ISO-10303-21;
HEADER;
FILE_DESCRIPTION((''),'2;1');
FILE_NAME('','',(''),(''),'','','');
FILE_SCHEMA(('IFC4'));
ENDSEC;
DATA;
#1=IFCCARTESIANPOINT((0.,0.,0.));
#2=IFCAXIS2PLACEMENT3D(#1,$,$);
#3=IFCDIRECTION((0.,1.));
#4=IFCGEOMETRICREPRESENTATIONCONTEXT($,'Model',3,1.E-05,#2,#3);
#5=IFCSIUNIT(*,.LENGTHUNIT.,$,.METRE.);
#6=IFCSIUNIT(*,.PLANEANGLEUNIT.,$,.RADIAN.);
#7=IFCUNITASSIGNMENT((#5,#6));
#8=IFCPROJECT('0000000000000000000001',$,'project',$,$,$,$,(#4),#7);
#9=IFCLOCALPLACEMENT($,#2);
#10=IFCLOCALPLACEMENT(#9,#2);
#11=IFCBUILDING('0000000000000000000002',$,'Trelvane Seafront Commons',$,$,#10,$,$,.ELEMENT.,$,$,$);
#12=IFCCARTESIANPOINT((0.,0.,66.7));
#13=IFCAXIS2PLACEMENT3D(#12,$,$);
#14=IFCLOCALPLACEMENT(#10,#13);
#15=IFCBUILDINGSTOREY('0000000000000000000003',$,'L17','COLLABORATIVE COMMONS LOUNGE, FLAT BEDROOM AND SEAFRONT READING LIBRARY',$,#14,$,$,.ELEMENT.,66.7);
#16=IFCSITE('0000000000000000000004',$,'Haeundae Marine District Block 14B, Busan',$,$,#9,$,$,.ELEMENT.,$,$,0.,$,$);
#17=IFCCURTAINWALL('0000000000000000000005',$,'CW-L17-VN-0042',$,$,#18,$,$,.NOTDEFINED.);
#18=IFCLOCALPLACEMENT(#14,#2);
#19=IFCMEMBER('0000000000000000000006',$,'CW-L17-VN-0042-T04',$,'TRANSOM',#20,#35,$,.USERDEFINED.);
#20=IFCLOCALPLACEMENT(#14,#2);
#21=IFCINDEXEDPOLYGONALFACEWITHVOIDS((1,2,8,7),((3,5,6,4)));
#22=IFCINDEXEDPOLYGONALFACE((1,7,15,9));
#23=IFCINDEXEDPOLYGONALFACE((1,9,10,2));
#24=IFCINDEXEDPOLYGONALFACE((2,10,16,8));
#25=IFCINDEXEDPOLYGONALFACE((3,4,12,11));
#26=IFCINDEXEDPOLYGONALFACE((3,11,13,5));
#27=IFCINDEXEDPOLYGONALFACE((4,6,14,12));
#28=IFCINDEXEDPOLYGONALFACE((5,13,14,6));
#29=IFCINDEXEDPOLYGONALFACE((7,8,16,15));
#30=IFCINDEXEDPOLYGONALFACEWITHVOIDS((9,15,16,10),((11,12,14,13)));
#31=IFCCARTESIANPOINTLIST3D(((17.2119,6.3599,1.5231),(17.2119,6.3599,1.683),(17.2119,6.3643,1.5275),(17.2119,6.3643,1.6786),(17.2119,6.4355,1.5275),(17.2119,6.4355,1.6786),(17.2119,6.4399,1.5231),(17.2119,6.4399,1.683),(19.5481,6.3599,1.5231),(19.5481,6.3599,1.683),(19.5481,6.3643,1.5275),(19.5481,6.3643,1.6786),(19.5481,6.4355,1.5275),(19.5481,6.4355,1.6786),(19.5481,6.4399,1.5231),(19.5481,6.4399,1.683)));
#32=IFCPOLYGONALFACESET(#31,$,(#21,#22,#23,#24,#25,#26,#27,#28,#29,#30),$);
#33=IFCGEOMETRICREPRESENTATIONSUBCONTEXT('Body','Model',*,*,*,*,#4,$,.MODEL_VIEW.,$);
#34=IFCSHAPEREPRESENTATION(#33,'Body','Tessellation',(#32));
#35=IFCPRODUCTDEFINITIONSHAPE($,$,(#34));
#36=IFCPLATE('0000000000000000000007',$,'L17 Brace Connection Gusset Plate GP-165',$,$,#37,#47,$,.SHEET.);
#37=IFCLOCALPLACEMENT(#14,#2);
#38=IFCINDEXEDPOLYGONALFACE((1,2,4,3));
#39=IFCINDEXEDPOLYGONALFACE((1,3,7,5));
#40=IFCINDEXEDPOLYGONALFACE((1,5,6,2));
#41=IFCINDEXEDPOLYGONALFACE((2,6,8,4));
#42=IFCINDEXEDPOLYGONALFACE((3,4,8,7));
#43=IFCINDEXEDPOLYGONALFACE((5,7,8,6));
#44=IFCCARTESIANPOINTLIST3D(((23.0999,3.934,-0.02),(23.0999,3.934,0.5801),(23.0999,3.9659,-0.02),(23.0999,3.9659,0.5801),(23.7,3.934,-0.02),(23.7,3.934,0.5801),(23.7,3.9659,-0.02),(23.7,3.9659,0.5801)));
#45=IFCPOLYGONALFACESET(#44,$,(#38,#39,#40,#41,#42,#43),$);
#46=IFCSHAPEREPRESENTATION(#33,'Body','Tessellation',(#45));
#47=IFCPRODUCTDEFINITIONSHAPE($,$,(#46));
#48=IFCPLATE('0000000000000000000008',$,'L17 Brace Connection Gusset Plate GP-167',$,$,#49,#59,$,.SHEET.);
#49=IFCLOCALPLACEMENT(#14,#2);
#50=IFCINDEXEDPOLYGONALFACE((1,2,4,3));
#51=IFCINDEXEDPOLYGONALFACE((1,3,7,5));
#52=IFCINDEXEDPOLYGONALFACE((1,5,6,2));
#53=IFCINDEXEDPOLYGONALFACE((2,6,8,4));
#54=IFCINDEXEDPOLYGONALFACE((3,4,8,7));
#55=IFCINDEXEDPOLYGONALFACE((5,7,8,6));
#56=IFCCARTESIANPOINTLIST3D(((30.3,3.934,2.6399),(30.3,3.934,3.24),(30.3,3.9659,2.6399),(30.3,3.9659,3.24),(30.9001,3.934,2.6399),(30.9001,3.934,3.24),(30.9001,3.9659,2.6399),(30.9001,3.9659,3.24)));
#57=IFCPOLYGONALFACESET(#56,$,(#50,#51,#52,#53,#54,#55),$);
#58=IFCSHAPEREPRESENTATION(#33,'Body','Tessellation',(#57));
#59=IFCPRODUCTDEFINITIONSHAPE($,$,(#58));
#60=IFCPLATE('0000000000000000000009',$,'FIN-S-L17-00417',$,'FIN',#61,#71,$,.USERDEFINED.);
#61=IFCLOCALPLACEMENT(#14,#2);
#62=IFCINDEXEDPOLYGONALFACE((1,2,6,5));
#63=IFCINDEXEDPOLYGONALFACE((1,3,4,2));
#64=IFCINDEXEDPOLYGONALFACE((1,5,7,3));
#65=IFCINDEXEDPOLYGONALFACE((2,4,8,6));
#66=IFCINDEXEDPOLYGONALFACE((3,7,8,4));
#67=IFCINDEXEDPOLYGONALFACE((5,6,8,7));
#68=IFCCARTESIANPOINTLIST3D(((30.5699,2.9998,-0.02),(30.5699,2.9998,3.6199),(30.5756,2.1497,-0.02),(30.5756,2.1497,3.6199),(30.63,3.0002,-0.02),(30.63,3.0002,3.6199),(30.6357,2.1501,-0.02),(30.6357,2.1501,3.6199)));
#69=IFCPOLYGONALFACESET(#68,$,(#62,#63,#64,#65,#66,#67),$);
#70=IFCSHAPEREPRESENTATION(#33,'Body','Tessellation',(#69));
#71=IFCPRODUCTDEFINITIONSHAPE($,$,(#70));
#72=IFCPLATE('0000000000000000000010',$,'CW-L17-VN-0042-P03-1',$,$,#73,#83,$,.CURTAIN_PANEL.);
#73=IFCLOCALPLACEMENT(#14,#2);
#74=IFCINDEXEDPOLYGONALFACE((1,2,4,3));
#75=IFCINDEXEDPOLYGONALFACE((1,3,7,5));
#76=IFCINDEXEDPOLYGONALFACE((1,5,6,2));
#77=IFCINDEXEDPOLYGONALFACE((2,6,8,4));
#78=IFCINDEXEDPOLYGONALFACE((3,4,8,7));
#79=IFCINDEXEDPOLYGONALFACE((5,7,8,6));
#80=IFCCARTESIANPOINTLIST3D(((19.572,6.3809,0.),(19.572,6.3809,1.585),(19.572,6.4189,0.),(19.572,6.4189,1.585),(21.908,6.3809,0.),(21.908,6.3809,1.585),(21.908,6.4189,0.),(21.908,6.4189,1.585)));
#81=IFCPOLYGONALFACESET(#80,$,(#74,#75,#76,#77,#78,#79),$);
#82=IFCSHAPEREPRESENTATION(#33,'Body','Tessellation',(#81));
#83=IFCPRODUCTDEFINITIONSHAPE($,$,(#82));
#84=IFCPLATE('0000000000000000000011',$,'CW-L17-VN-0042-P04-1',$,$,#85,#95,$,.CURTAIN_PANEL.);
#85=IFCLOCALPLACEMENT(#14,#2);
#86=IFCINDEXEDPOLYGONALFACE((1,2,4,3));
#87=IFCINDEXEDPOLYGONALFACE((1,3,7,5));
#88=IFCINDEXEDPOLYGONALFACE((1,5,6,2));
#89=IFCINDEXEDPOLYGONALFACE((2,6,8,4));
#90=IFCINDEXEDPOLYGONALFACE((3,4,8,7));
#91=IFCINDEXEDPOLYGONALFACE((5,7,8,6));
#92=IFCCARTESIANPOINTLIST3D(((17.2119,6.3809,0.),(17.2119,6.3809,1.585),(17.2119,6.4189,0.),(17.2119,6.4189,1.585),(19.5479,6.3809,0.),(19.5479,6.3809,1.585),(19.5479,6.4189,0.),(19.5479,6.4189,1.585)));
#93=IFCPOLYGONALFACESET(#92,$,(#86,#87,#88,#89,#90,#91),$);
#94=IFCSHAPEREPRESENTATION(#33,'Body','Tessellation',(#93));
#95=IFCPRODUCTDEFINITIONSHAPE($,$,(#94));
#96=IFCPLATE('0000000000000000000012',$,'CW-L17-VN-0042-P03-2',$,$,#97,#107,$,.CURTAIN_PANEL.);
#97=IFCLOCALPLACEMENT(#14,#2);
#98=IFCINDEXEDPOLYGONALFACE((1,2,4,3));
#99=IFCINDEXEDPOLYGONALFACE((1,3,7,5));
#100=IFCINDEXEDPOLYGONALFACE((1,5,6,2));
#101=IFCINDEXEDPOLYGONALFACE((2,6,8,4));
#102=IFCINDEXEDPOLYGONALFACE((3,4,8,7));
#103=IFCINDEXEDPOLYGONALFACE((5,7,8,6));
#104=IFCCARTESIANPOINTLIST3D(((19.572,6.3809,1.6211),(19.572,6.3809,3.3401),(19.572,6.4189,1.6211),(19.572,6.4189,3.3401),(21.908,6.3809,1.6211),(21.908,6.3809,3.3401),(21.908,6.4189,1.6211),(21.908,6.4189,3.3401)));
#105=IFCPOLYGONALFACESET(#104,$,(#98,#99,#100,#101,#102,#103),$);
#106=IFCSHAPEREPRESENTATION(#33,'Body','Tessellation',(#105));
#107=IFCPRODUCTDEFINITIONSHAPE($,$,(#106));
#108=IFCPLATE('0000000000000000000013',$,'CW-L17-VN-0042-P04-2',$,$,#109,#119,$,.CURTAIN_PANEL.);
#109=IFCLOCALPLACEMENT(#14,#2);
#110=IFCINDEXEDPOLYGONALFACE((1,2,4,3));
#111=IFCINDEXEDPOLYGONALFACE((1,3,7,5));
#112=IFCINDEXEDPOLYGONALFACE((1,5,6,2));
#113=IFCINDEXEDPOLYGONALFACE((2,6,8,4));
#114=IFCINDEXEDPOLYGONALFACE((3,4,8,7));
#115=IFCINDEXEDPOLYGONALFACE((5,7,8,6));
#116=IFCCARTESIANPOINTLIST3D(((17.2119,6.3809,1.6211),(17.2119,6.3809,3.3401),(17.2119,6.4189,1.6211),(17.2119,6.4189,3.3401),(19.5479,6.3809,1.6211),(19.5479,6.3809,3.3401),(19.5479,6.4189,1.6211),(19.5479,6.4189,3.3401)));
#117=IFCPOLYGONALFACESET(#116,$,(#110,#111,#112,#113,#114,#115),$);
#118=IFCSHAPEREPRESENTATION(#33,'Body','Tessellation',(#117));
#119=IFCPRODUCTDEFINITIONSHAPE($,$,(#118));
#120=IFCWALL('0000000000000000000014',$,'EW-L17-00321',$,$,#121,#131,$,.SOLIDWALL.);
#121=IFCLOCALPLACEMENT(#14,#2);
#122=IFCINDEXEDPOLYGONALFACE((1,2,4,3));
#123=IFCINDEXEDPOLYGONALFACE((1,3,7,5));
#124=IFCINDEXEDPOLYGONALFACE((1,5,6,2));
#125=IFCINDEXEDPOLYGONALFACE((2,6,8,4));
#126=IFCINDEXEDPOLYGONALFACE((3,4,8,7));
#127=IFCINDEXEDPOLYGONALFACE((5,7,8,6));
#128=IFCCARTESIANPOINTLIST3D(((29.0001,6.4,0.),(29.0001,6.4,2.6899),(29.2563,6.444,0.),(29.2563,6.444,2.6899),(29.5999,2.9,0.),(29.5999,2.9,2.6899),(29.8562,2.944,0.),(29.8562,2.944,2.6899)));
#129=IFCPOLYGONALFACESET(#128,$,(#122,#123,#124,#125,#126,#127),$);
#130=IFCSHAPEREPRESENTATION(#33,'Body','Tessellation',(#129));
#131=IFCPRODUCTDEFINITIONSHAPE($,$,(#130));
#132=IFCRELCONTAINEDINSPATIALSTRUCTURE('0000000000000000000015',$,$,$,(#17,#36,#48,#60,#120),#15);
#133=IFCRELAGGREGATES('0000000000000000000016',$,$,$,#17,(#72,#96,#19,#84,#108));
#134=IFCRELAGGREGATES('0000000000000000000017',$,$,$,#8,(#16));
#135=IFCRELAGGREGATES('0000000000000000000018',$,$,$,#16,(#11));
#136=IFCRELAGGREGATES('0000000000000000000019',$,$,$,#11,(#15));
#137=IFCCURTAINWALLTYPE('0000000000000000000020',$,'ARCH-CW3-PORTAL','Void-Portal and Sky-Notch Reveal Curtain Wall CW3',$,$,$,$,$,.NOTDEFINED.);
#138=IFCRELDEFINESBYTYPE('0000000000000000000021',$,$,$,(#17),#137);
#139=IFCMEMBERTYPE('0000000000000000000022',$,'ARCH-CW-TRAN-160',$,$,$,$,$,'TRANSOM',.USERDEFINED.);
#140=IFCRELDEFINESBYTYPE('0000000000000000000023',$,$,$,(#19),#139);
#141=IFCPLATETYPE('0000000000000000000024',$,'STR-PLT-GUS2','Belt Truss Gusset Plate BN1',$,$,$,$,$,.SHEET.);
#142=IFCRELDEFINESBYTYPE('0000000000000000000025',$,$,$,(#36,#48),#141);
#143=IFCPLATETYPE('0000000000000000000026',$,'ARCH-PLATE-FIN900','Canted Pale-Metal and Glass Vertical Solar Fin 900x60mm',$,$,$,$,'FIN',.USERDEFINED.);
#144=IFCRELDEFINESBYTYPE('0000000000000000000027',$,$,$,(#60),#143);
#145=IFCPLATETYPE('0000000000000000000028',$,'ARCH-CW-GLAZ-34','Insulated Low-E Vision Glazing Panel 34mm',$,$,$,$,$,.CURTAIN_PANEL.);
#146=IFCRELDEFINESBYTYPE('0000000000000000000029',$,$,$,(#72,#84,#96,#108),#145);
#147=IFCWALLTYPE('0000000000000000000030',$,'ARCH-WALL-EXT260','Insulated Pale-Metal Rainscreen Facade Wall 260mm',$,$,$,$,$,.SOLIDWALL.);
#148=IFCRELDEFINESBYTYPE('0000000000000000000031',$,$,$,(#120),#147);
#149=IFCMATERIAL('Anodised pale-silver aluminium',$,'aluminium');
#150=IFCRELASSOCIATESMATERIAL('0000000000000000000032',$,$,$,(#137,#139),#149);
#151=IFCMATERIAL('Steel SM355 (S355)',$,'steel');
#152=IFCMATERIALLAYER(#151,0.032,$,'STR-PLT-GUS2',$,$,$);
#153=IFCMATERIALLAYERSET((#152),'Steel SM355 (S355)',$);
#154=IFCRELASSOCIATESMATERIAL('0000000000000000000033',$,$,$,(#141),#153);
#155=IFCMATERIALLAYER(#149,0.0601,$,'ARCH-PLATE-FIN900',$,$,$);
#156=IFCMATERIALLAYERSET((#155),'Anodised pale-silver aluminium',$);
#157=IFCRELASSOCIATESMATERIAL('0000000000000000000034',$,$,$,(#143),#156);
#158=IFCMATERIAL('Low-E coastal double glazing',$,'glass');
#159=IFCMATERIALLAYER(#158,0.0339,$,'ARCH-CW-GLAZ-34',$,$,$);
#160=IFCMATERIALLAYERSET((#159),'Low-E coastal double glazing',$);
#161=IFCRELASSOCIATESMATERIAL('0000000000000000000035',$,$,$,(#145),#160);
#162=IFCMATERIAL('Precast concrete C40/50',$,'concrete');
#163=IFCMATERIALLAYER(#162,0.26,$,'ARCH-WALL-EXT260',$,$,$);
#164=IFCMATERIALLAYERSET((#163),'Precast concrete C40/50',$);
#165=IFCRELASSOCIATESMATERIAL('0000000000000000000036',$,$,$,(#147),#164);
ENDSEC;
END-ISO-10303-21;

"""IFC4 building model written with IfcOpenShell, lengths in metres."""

from ifc_helpers import new_model, si_unit, direction, frame, frame_2d, origin, origin_2d, place, context, subcontext, project, spatial, rectangle, hollow_rectangle, extrude, source, transform, mapped, material, layer, layer_set, material_profile, profile_set, type_object, element, aggregate, save


model = new_model("IFC4")

# Units and contexts
model_context = context("Model", 3, precision=1e-05, world=origin(), true_north=direction((0.0, 1.0)))
body_context = subcontext(model_context, "Body", "Model", "MODEL_VIEW")
ifc_project = project(units=[si_unit("LENGTHUNIT", "METRE"), si_unit("PLANEANGLEUNIT", "RADIAN")], contexts=[model_context])

# Site, building, storey
site_placement = place(None, origin())
site = spatial("IfcSite", under=ifc_project, at=site_placement, Name="Haeundae Marine District Block 14B, Busan", CompositionType="ELEMENT", RefElevation=0.0)
building_placement = place(site_placement, origin())
building = spatial("IfcBuilding", under=site, at=building_placement, Name="Trelvane Seafront Commons", CompositionType="ELEMENT")
storey_placement = place(building_placement, frame((0.0, 0.0, 66.7)))
storey = spatial("IfcBuildingStorey", under=building, at=storey_placement, Name="L17", Description="COLLABORATIVE COMMONS LOUNGE, FLAT BEDROOM AND SEAFRONT READING LIBRARY", CompositionType="ELEMENT", Elevation=66.7)

# Shared definitions
ifc_material_1 = material(Name="Steel SM355 (S355)", Category="steel")

# Curtain wall, member
ifc_material_2 = material(Name="Anodised pale-silver aluminium", Category="aluminium")
curtain_wall_type = type_object("IfcCurtainWallType", Name="ARCH-CW3-PORTAL", Description="Void-Portal and Sky-Notch Reveal Curtain Wall CW3", PredefinedType="NOTDEFINED", material=ifc_material_2)
curtain_wall_placement = place(storey_placement, origin())
curtain_wall = element("IfcCurtainWall", 1, at=curtain_wall_placement, inside=storey, type_object=curtain_wall_type, Name="CW-L17-VN-0042", PredefinedType="NOTDEFINED")
ifc_material_profile_1 = material_profile(ifc_material_2, hollow_rectangle(XDim=0.0801, YDim=0.1599, WallThickness=0.0044, at=origin_2d()), Name="TRAN-80x160x4.5")
ifc_profile_set_1 = profile_set([ifc_material_profile_1], Name="Anodised pale-silver aluminium")
member_type_1 = type_object("IfcMemberType", Name="ARCH-CW-TRAN-160", ElementType="TRANSOM", PredefinedType="USERDEFINED", material=ifc_profile_set_1)
shared_shape_1 = source(origin(), body_context, "Body", "SweptSolid", [
    extrude(hollow_rectangle(XDim=0.0801, YDim=0.1599, WallThickness=0.0044, at=origin_2d()), origin(), (0.0, 0.0, 1.0), 2.3362),
])
member_1_placement = place(storey_placement, frame((19.5481, 6.3999, 1.603), z_axis=(-1.0, 0.0, 0.0), x_axis=(0.0, -1.0, 0.0)))
member_1 = element("IfcMember", 2, at=member_1_placement, type_object=member_type_1, Name="CW-L17-VN-0042-T04", ObjectType="TRANSOM", PredefinedType="USERDEFINED", context=body_context, shape_type="MappedRepresentation", body=[
    mapped(shared_shape_1, transform((0.0, 0.0, 0.0), x_axis=(1.0, 0.0, 0.0), y_axis=(0.0, 1.0, 0.0), z_axis=(0.0, 0.0, 1.0), scale=1.0)),
])

# Plates
ifc_layer_1 = layer(ifc_material_1, 0.032, Name="STR-PLT-GUS2")
ifc_layer_set_1 = layer_set([ifc_layer_1], Name="Steel SM355 (S355)")
plate_type_1 = type_object("IfcPlateType", Name="STR-PLT-GUS2", Description="Belt Truss Gusset Plate BN1", PredefinedType="SHEET", material=ifc_layer_set_1)
shared_shape_2 = source(origin(), body_context, "Body", "SweptSolid", [
    extrude(rectangle(XDim=0.6001, YDim=0.032, at=origin_2d()), origin(), (0.0, 0.0, 1.0), 0.6001),
])
for number, where, z_axis, x_axis, name in (
    (3, (23.3999, 3.95, -0.02), (0.0, 0.0, 1.0), (1.0, 0.0, 0.0), "L17 Brace Connection Gusset Plate GP-165"),
    (4, (30.6001, 3.95, 2.6399), (0.0, 0.0, 1.0), (1.0, 0.0, 0.0), "L17 Brace Connection Gusset Plate GP-167"),
):
    element("IfcPlate", number, at=place(storey_placement, frame(where, z_axis=z_axis, x_axis=x_axis)), inside=storey, type_object=plate_type_1, Name=name, PredefinedType="SHEET", context=body_context, shape_type="MappedRepresentation", body=[
        mapped(shared_shape_2, transform((0.0, 0.0, 0.0), x_axis=(1.0, 0.0, 0.0), y_axis=(0.0, 1.0, 0.0), z_axis=(0.0, 0.0, 1.0), scale=1.0)),
    ])
ifc_layer_2 = layer(ifc_material_2, 0.0601, Name="ARCH-PLATE-FIN900")
ifc_layer_set_2 = layer_set([ifc_layer_2], Name="Anodised pale-silver aluminium")
plate_type_2 = type_object("IfcPlateType", Name="ARCH-PLATE-FIN900", Description="Canted Pale-Metal and Glass Vertical Solar Fin 900x60mm", ElementType="FIN", PredefinedType="USERDEFINED", material=ifc_layer_set_2)
shared_shape_3 = source(origin(), body_context, "Body", "SweptSolid", [
    extrude(rectangle(XDim=0.8501, YDim=0.0601, at=origin_2d()), origin(), (0.0, 0.0, 1.0), 3.6399),
])
plate_1_placement = place(storey_placement, frame((30.6028, 2.575, -0.02), z_axis=(0.0, 0.0, 1.0), x_axis=(0.006706, -0.999978, 0.0)))
element("IfcPlate", 5, at=plate_1_placement, inside=storey, type_object=plate_type_2, Name="FIN-S-L17-00417", ObjectType="FIN", PredefinedType="USERDEFINED", context=body_context, shape_type="MappedRepresentation", body=[
    mapped(shared_shape_3, transform((0.0, 0.0, 0.0), x_axis=(1.0, 0.0, 0.0), y_axis=(0.0, 1.0, 0.0), z_axis=(0.0, 0.0, 1.0), scale=1.0)),
])

# Plates
ifc_material_3 = material(Name="Low-E coastal double glazing", Category="glass")
ifc_layer_3 = layer(ifc_material_3, 0.0339, Name="ARCH-CW-GLAZ-34")
ifc_layer_set_3 = layer_set([ifc_layer_3], Name="Low-E coastal double glazing")
plate_type_3 = type_object("IfcPlateType", Name="ARCH-CW-GLAZ-34", Description="Insulated Low-E Vision Glazing Panel 34mm", PredefinedType="CURTAIN_PANEL", material=ifc_layer_set_3)
shared_shape_4 = source(origin(), body_context, "Body", "SweptSolid", [
    extrude(rectangle(XDim=2.3359, YDim=0.0381, at=origin_2d()), origin(), (0.0, 0.0, 1.0), 1.585),
])
plate_2_placement = place(storey_placement, frame((20.74, 6.3999, 0.0), z_axis=(0.0, 0.0, 1.0), x_axis=(-1.0, 0.0, 0.0)))
plate_2 = element("IfcPlate", 6, at=plate_2_placement, type_object=plate_type_3, Name="CW-L17-VN-0042-P03-1", PredefinedType="CURTAIN_PANEL", context=body_context, shape_type="MappedRepresentation", body=[
    mapped(shared_shape_4, transform((0.0, 0.0, 0.0), x_axis=(1.0, 0.0, 0.0), y_axis=(0.0, 1.0, 0.0), z_axis=(0.0, 0.0, 1.0), scale=1.0)),
])
plate_3_placement = place(storey_placement, frame((18.3799, 6.3999, 0.0), z_axis=(0.0, 0.0, 1.0), x_axis=(-1.0, 0.0, 0.0)))
plate_3 = element("IfcPlate", 7, at=plate_3_placement, type_object=plate_type_3, Name="CW-L17-VN-0042-P04-1", PredefinedType="CURTAIN_PANEL", context=body_context, shape_type="MappedRepresentation", body=[
    mapped(shared_shape_4, transform((0.0, 0.0, 0.0), x_axis=(1.0, 0.0, 0.0), y_axis=(0.0, 1.0, 0.0), z_axis=(0.0, 0.0, 1.0), scale=1.0)),
])
shared_shape_5 = source(origin(), body_context, "Body", "SweptSolid", [
    extrude(rectangle(XDim=2.3359, YDim=0.0381, at=origin_2d()), origin(), (0.0, 0.0, 1.0), 1.719),
])
plate_4_placement = place(storey_placement, frame((20.74, 6.3999, 1.6211), z_axis=(0.0, 0.0, 1.0), x_axis=(-1.0, 0.0, 0.0)))
plate_4 = element("IfcPlate", 8, at=plate_4_placement, type_object=plate_type_3, Name="CW-L17-VN-0042-P03-2", PredefinedType="CURTAIN_PANEL", context=body_context, shape_type="MappedRepresentation", body=[
    mapped(shared_shape_5, transform((0.0, 0.0, 0.0), x_axis=(1.0, 0.0, 0.0), y_axis=(0.0, 1.0, 0.0), z_axis=(0.0, 0.0, 1.0), scale=1.0)),
])
plate_5_placement = place(storey_placement, frame((18.3799, 6.3999, 1.6211), z_axis=(0.0, 0.0, 1.0), x_axis=(-1.0, 0.0, 0.0)))
plate_5 = element("IfcPlate", 9, at=plate_5_placement, type_object=plate_type_3, Name="CW-L17-VN-0042-P04-2", PredefinedType="CURTAIN_PANEL", context=body_context, shape_type="MappedRepresentation", body=[
    mapped(shared_shape_5, transform((0.0, 0.0, 0.0), x_axis=(1.0, 0.0, 0.0), y_axis=(0.0, 1.0, 0.0), z_axis=(0.0, 0.0, 1.0), scale=1.0)),
])
aggregate(curtain_wall, [plate_2, plate_4, member_1, plate_3, plate_5])

# Wall
ifc_material_4 = material(Name="Precast concrete C40/50", Category="concrete")
ifc_layer_4 = layer(ifc_material_4, 0.26, Name="ARCH-WALL-EXT260")
ifc_layer_set_4 = layer_set([ifc_layer_4], Name="Precast concrete C40/50")
wall_type_1 = type_object("IfcWallType", Name="ARCH-WALL-EXT260", Description="Insulated Pale-Metal Rainscreen Facade Wall 260mm", PredefinedType="SOLIDWALL", material=ifc_layer_set_4)
wall_1_placement = place(storey_placement, frame((29.728, 2.9221, 0.0), z_axis=(0.0, 0.0, 1.0), x_axis=(-0.168924, 0.985629, 0.0)))
element("IfcWall", 10, at=wall_1_placement, inside=storey, type_object=wall_type_1, Name="EW-L17-00321", PredefinedType="SOLIDWALL", context=body_context, shape_type="SweptSolid", body=[
    extrude(rectangle(XDim=3.551, YDim=0.26, at=frame_2d((1.7754, 0.0))), origin(), (0.0, 0.0, 1.0), 2.6899),
])

save(model, "model.ifc")
